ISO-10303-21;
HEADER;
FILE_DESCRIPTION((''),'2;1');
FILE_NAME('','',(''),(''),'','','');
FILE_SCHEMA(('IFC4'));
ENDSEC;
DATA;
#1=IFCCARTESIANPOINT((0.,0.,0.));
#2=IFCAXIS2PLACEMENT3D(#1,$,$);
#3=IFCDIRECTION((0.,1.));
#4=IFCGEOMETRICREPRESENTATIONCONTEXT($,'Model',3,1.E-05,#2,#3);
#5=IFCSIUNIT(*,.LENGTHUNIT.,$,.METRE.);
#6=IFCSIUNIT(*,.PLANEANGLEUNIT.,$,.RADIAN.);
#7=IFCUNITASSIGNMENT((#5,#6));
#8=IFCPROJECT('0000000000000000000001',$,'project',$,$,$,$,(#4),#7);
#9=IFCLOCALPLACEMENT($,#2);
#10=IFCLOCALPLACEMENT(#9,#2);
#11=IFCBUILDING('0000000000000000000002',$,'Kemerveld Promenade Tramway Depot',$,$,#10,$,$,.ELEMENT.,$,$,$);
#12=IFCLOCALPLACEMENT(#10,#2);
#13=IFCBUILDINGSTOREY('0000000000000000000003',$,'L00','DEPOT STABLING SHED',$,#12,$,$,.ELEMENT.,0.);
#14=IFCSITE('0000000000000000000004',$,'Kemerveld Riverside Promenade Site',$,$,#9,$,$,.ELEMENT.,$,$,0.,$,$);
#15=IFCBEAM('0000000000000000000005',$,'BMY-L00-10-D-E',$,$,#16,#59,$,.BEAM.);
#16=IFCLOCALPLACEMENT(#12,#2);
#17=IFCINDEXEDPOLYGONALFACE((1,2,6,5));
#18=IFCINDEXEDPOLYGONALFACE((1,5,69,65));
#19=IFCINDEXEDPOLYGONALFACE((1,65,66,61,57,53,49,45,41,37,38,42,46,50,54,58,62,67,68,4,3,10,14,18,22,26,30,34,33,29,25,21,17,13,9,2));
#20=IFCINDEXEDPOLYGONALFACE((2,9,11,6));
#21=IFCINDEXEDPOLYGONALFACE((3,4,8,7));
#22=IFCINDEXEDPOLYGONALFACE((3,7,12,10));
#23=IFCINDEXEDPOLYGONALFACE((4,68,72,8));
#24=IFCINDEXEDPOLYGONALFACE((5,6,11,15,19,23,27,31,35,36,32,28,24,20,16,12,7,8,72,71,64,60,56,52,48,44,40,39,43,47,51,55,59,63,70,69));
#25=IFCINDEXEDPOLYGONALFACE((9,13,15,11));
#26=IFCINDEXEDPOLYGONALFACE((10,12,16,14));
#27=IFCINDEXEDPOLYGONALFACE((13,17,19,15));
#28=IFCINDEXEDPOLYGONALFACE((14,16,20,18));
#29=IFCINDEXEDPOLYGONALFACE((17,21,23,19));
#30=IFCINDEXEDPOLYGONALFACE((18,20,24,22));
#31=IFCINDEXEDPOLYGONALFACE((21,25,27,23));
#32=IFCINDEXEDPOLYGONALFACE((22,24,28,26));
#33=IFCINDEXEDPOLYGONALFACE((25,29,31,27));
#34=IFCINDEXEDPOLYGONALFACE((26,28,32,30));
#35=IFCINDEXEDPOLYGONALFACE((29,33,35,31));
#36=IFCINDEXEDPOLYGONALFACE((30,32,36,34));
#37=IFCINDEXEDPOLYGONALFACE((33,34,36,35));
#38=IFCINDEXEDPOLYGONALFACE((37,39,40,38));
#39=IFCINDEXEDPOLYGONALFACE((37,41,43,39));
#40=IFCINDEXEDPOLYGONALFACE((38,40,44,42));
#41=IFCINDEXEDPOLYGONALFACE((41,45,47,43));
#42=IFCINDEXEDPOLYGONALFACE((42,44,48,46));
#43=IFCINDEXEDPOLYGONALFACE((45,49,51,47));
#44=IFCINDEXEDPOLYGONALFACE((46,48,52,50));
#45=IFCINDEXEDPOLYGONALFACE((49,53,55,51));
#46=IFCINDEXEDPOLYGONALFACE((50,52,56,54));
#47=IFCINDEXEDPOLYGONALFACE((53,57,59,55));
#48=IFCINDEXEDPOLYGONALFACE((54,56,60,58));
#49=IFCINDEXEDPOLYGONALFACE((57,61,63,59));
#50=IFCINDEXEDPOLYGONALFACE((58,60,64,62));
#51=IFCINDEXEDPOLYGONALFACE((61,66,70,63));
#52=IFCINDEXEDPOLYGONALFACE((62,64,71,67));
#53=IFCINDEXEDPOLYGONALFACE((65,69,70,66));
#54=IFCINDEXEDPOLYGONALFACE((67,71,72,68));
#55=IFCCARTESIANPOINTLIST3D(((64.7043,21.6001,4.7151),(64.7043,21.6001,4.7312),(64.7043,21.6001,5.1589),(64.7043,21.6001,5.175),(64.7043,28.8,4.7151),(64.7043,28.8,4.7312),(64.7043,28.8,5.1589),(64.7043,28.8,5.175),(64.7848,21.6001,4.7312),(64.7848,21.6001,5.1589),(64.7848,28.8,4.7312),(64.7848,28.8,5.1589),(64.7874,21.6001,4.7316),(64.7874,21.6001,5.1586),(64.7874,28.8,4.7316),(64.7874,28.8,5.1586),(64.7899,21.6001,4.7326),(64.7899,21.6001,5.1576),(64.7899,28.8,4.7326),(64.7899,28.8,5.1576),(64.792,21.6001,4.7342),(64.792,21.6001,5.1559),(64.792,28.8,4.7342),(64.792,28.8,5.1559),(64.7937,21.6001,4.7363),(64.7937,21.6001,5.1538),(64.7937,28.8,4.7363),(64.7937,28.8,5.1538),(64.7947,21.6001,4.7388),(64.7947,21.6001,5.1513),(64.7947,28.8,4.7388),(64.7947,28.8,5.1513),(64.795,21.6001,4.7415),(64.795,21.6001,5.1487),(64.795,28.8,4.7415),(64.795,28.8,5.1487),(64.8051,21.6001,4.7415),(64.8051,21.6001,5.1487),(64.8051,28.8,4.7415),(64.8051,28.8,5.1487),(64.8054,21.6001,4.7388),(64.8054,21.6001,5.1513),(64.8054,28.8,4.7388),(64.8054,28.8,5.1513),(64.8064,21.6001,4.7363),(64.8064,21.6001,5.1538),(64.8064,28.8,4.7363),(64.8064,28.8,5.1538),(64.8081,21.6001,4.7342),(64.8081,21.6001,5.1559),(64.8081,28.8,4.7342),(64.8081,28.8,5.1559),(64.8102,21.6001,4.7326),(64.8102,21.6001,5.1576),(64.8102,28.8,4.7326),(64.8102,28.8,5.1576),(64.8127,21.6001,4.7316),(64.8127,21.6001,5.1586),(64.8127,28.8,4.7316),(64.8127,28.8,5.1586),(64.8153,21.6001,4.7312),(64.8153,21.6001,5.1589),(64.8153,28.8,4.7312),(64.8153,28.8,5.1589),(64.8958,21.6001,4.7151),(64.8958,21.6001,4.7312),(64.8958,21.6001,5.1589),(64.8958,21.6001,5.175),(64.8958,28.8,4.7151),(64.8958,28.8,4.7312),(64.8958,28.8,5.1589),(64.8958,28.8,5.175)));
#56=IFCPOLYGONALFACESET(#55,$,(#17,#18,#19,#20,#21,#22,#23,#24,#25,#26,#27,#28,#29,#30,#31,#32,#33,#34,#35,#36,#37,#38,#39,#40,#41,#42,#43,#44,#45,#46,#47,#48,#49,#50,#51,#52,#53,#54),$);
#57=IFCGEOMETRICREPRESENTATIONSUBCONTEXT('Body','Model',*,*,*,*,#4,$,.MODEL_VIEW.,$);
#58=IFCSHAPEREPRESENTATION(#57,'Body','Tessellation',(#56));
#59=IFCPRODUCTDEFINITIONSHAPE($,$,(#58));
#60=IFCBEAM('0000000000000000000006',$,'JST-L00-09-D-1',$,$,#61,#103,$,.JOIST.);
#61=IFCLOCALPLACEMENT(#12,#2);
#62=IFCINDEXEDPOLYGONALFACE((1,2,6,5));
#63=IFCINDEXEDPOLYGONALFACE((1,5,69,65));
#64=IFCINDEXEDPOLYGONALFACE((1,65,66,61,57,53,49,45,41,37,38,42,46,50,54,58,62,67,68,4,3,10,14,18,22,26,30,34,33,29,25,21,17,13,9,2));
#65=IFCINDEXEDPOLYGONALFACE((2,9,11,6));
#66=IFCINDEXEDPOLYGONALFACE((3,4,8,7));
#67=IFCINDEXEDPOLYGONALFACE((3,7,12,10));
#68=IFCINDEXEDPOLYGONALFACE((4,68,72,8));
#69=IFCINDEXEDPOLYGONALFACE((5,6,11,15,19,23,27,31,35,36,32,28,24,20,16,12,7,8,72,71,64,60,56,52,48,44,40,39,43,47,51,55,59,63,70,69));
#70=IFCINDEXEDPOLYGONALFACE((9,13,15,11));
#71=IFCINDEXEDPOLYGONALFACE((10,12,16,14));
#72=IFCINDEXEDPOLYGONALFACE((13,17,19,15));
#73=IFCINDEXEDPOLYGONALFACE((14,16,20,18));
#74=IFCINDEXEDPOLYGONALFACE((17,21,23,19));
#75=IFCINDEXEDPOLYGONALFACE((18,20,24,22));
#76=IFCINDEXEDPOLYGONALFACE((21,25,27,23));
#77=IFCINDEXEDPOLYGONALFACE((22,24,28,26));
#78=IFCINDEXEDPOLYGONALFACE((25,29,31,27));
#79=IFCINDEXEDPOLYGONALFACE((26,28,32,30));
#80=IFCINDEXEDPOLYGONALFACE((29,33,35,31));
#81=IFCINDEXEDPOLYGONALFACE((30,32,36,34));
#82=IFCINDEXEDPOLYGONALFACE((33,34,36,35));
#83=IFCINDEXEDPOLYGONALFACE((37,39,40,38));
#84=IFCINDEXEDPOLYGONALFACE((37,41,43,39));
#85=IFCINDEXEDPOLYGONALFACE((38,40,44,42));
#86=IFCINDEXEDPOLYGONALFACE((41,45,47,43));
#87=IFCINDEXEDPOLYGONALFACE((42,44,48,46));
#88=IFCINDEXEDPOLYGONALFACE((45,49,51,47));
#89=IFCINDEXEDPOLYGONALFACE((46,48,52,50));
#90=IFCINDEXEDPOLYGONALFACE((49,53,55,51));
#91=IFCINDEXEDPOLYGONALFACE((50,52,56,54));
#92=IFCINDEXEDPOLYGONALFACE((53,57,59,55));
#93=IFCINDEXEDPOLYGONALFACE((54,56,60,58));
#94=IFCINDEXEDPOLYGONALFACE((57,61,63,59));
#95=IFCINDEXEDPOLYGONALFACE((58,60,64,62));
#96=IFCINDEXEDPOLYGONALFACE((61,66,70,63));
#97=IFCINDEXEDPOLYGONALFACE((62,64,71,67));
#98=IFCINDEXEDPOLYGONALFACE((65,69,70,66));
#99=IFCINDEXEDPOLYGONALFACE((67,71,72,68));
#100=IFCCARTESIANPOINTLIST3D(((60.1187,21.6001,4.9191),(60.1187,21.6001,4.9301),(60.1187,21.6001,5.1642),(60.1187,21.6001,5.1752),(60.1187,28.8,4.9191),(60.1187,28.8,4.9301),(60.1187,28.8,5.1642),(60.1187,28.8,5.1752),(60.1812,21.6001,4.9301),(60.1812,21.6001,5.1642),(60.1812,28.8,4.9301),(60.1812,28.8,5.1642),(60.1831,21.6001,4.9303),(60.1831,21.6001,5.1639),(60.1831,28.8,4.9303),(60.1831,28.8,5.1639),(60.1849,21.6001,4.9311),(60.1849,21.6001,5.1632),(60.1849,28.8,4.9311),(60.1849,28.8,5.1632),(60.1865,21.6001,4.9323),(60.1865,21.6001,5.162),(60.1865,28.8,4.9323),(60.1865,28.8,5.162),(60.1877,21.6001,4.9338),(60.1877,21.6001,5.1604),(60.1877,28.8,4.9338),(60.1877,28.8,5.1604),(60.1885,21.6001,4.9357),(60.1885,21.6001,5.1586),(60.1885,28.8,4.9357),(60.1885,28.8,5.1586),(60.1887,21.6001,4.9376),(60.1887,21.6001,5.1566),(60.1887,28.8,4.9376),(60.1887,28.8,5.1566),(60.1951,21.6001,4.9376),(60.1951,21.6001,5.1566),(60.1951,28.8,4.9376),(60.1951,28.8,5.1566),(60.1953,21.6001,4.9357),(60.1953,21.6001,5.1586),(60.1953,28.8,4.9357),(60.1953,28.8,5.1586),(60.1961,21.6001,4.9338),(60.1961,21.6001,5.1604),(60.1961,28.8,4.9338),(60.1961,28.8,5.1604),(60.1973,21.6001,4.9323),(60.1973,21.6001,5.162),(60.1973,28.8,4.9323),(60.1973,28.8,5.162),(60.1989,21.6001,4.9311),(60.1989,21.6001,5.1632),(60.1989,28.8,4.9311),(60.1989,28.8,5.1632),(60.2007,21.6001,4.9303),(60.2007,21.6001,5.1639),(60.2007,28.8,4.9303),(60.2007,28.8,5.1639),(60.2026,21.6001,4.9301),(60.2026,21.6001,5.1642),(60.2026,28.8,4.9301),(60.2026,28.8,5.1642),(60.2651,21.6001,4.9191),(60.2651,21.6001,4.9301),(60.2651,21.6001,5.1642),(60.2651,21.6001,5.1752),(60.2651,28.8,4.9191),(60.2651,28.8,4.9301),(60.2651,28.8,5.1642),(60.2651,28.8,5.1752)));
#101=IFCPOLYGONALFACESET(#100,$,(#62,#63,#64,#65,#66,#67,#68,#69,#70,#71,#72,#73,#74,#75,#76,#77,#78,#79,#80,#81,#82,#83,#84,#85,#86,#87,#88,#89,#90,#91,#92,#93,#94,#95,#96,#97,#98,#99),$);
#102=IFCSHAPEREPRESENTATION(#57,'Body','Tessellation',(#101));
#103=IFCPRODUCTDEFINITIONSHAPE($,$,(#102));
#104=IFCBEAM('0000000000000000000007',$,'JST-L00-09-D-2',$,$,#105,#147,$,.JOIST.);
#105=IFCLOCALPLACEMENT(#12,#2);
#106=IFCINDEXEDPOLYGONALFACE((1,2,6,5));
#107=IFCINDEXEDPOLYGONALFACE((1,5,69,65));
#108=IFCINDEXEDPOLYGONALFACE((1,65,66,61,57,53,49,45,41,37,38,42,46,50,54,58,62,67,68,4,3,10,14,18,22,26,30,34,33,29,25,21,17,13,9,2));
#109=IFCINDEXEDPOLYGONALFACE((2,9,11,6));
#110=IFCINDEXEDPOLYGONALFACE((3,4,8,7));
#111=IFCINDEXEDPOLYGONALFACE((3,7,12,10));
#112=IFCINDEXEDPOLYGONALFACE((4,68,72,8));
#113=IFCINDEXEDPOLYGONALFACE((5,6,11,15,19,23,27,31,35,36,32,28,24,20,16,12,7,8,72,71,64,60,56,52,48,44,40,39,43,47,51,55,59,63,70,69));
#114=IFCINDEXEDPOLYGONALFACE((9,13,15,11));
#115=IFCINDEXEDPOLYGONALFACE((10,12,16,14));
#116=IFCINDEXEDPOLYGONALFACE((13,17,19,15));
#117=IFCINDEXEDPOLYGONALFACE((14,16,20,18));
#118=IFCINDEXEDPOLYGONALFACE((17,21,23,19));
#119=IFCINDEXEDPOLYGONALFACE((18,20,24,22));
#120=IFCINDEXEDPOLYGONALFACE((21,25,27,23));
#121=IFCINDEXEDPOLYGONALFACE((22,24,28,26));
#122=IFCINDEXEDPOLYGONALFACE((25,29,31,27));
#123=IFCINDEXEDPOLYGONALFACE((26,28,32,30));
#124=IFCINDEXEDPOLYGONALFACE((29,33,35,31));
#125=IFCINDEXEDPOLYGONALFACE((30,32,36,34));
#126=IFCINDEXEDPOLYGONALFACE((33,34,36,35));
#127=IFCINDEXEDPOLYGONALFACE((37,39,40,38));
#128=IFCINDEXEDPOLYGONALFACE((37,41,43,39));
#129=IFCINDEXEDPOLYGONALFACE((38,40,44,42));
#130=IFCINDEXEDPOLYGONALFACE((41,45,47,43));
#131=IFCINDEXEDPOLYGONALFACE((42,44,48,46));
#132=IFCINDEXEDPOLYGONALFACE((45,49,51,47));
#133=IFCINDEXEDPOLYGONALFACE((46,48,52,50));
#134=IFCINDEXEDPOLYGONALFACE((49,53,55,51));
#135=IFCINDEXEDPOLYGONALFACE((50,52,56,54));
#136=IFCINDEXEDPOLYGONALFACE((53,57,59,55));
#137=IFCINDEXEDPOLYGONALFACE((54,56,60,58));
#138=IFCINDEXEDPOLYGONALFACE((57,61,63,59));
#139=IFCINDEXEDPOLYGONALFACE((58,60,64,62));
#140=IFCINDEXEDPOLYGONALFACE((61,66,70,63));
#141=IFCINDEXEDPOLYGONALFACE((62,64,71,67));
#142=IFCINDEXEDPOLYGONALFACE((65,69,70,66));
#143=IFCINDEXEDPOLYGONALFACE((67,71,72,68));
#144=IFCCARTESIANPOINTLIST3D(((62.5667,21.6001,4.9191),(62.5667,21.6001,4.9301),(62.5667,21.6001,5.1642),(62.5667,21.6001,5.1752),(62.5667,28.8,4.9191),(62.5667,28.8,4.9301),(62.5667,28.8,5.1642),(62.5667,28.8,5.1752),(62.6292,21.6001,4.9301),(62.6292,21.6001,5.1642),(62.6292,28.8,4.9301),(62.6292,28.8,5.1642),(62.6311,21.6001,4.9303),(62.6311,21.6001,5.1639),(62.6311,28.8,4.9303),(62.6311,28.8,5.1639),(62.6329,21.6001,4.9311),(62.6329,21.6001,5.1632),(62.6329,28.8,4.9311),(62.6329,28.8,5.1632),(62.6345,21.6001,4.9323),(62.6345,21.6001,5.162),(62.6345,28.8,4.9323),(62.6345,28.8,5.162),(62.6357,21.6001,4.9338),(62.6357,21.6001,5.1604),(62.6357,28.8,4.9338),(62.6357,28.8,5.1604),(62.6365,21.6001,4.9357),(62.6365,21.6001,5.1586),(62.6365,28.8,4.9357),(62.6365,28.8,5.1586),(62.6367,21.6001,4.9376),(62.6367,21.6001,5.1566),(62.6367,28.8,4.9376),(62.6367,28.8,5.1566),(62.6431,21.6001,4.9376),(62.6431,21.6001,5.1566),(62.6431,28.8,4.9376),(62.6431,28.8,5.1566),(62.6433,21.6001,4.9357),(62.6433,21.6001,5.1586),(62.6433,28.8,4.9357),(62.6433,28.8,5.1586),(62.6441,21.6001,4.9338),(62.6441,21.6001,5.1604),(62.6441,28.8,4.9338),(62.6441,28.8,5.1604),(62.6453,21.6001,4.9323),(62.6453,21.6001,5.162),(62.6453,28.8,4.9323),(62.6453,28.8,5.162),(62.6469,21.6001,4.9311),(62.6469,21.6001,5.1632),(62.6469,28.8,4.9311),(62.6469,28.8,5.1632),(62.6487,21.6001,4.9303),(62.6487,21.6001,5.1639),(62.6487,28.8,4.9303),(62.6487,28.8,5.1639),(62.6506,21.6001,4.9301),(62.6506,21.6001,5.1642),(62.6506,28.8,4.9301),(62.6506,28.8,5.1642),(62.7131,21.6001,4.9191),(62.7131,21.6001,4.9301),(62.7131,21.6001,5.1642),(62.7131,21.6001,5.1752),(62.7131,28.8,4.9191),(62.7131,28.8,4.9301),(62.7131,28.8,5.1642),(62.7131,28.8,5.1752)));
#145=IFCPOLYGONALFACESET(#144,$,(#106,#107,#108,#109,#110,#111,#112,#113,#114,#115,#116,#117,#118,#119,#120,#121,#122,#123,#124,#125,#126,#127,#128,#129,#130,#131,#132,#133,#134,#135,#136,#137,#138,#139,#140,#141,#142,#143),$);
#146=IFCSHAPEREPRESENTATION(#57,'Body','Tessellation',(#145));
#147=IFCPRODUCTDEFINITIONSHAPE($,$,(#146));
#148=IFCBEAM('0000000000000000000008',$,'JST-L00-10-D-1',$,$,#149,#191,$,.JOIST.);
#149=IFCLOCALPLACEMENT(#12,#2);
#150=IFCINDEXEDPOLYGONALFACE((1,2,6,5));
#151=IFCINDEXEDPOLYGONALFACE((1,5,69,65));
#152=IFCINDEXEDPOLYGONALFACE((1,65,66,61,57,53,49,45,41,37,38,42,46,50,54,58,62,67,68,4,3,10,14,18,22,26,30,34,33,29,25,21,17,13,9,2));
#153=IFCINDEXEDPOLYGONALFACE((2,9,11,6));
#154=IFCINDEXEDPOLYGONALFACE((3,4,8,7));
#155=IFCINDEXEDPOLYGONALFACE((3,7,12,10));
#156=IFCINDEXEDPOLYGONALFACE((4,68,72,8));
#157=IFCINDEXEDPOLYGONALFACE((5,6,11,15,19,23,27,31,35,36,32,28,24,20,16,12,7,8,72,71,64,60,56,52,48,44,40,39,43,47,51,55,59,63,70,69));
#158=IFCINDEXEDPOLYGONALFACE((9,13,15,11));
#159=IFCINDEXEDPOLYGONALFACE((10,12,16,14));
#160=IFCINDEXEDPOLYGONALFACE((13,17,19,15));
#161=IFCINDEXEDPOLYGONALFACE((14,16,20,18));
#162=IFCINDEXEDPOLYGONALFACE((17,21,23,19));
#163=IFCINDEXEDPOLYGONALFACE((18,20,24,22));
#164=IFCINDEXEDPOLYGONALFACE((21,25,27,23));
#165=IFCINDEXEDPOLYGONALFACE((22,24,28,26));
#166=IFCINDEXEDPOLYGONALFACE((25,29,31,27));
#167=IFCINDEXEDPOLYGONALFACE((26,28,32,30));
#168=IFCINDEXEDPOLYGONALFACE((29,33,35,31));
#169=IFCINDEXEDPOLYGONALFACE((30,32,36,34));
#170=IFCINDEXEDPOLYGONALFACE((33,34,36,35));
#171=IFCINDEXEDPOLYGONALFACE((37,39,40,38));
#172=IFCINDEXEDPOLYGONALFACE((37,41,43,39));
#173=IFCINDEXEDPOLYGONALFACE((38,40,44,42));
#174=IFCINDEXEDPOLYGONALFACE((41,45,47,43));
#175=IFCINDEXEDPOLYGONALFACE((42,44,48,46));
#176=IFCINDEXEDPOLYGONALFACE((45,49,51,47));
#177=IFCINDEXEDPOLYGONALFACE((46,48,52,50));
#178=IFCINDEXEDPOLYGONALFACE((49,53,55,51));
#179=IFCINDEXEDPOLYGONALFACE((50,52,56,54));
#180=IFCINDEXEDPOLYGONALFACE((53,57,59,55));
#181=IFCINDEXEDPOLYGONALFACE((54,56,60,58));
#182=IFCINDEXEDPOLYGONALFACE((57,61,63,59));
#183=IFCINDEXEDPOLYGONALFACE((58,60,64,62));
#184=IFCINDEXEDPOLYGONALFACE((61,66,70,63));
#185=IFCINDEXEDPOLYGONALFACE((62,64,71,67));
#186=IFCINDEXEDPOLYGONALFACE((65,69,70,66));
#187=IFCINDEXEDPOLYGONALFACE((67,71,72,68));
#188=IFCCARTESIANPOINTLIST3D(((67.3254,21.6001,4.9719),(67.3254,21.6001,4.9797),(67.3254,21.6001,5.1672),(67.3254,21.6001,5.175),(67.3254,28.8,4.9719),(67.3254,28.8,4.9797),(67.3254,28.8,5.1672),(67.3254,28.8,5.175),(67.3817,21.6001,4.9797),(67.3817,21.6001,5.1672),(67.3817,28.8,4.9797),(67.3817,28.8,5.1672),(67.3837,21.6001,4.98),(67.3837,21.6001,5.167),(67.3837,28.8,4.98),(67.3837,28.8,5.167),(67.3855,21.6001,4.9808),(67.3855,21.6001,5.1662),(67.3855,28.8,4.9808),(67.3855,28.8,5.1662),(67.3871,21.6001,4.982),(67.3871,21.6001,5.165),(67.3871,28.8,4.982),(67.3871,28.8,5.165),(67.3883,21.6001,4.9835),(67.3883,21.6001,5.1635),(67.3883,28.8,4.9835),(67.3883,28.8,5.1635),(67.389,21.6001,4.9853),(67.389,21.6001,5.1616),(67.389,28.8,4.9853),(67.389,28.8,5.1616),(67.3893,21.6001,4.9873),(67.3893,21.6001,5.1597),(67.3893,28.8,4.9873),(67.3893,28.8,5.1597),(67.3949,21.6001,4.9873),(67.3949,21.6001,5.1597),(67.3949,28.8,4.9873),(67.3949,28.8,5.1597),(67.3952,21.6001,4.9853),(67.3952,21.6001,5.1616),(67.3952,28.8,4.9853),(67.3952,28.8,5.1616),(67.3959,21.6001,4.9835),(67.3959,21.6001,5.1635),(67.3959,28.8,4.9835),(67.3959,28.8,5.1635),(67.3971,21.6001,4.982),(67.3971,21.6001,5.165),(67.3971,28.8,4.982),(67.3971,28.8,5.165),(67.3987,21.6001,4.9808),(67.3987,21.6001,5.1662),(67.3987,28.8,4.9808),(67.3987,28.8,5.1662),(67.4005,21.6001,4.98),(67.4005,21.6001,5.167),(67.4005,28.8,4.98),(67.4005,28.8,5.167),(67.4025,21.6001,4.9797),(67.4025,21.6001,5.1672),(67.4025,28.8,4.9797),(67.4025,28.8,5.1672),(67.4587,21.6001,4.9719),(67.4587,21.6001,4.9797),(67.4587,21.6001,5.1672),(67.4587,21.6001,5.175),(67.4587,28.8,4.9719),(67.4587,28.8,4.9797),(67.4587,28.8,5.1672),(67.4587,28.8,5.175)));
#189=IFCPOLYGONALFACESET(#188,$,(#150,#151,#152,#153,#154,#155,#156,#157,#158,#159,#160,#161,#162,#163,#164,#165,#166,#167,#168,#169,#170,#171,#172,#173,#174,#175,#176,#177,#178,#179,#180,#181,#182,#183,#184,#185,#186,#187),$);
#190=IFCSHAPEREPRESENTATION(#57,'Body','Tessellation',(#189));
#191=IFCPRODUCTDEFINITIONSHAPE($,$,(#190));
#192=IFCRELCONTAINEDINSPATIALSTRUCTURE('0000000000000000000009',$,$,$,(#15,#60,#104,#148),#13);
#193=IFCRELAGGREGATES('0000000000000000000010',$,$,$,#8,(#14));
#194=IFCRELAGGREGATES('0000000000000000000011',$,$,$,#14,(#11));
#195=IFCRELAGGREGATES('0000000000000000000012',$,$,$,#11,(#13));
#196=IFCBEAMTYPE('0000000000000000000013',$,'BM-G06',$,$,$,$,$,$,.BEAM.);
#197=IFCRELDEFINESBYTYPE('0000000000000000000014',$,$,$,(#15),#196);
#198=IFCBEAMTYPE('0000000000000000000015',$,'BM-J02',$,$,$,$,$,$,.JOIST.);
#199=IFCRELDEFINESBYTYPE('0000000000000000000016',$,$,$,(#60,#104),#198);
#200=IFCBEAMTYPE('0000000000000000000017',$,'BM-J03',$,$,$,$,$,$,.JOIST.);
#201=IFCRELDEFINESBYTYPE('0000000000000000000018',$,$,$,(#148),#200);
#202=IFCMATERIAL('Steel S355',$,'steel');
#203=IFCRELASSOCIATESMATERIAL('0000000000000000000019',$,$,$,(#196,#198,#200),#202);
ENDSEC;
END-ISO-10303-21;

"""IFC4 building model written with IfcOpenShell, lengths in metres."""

from ifc_helpers import new_model, si_unit, direction, frame, origin, origin_2d, place, context, subcontext, project, spatial, i_section, extrude, material, material_profile, profile_set, type_object, element, save


model = new_model("IFC4")

# Units and contexts
model_context = context("Model", 3, precision=1e-05, world=origin(), true_north=direction((0.0, 1.0)))
body_context = subcontext(model_context, "Body", "Model", "MODEL_VIEW")
ifc_project = project(units=[si_unit("LENGTHUNIT", "METRE"), si_unit("PLANEANGLEUNIT", "RADIAN")], contexts=[model_context])

# Site, building, storey
site_placement = place(None, origin())
site = spatial("IfcSite", under=ifc_project, at=site_placement, Name="Kemerveld Riverside Promenade Site", CompositionType="ELEMENT", RefElevation=0.0)
building_placement = place(site_placement, origin())
building = spatial("IfcBuilding", under=site, at=building_placement, Name="Kemerveld Promenade Tramway Depot", CompositionType="ELEMENT")
storey_placement = place(building_placement, origin())
storey = spatial("IfcBuildingStorey", under=building, at=storey_placement, Name="L00", Description="DEPOT STABLING SHED", CompositionType="ELEMENT", Elevation=0.0)

# Shared definitions
ifc_material_1 = material(Name="Steel S355", Category="steel")

# Beams
ifc_material_profile_1 = material_profile(ifc_material_1, i_section(OverallWidth=0.1914, OverallDepth=0.46, WebThickness=0.01, FlangeThickness=0.0161, FilletRadius=0.0103, at=origin_2d()), Name="457x191x82 UB")
ifc_profile_set_1 = profile_set([ifc_material_profile_1], Name="Steel S355")
beam_type_1 = type_object("IfcBeamType", Name="BM-G06", PredefinedType="BEAM", material=ifc_profile_set_1)
beam_1_placement = place(storey_placement, frame((64.8, 21.6001, 4.9451), z_axis=(0.0, 1.0, 0.0), x_axis=(-1.0, 0.0, 0.0)))
element("IfcBeam", 1, at=beam_1_placement, inside=storey, type_object=beam_type_1, Name="BMY-L00-10-D-E", PredefinedType="BEAM", context=body_context, shape_type="SweptSolid", body=[
    extrude(i_section(OverallWidth=0.1914, OverallDepth=0.46, WebThickness=0.01, FlangeThickness=0.0161, FilletRadius=0.0103, at=origin_2d()), origin(), (0.0, 0.0, 1.0), 7.2),
])
ifc_material_profile_2 = material_profile(ifc_material_1, i_section(OverallWidth=0.1465, OverallDepth=0.2561, WebThickness=0.0063, FlangeThickness=0.011, FilletRadius=0.0076, at=origin_2d()), Name="254x146x37 UB")
ifc_profile_set_2 = profile_set([ifc_material_profile_2], Name="Steel S355")
beam_type_2 = type_object("IfcBeamType", Name="BM-J02", PredefinedType="JOIST", material=ifc_profile_set_2)
for number, where, z_axis, x_axis, name in (
    (2, (60.1919, 21.6001, 5.0471), (0.0, 1.0, 0.0), (-1.0, 0.0, 0.0), "JST-L00-09-D-1"),
    (3, (62.6399, 21.6001, 5.0471), (0.0, 1.0, 0.0), (-1.0, 0.0, 0.0), "JST-L00-09-D-2"),
):
    element("IfcBeam", number, at=place(storey_placement, frame(where, z_axis=z_axis, x_axis=x_axis)), inside=storey, type_object=beam_type_2, Name=name, PredefinedType="JOIST", context=body_context, shape_type="SweptSolid", body=[
        extrude(i_section(OverallWidth=0.1465, OverallDepth=0.2561, WebThickness=0.0063, FlangeThickness=0.011, FilletRadius=0.0076, at=origin_2d()), origin(), (0.0, 0.0, 1.0), 7.2),
    ])
ifc_material_profile_3 = material_profile(ifc_material_1, i_section(OverallWidth=0.1333, OverallDepth=0.2031, WebThickness=0.0056, FlangeThickness=0.0078, FilletRadius=0.0076, at=origin_2d()), Name="203x133x25 UB")
ifc_profile_set_3 = profile_set([ifc_material_profile_3], Name="Steel S355")
beam_type_3 = type_object("IfcBeamType", Name="BM-J03", PredefinedType="JOIST", material=ifc_profile_set_3)
beam_2_placement = place(storey_placement, frame((67.3921, 21.6001, 5.0735), z_axis=(0.0, 1.0, 0.0), x_axis=(-1.0, 0.0, 0.0)))
element("IfcBeam", 4, at=beam_2_placement, inside=storey, type_object=beam_type_3, Name="JST-L00-10-D-1", PredefinedType="JOIST", context=body_context, shape_type="SweptSolid", body=[
    extrude(i_section(OverallWidth=0.1333, OverallDepth=0.2031, WebThickness=0.0056, FlangeThickness=0.0078, FilletRadius=0.0076, at=origin_2d()), origin(), (0.0, 0.0, 1.0), 7.2),
])

save(model, "model.ifc")
